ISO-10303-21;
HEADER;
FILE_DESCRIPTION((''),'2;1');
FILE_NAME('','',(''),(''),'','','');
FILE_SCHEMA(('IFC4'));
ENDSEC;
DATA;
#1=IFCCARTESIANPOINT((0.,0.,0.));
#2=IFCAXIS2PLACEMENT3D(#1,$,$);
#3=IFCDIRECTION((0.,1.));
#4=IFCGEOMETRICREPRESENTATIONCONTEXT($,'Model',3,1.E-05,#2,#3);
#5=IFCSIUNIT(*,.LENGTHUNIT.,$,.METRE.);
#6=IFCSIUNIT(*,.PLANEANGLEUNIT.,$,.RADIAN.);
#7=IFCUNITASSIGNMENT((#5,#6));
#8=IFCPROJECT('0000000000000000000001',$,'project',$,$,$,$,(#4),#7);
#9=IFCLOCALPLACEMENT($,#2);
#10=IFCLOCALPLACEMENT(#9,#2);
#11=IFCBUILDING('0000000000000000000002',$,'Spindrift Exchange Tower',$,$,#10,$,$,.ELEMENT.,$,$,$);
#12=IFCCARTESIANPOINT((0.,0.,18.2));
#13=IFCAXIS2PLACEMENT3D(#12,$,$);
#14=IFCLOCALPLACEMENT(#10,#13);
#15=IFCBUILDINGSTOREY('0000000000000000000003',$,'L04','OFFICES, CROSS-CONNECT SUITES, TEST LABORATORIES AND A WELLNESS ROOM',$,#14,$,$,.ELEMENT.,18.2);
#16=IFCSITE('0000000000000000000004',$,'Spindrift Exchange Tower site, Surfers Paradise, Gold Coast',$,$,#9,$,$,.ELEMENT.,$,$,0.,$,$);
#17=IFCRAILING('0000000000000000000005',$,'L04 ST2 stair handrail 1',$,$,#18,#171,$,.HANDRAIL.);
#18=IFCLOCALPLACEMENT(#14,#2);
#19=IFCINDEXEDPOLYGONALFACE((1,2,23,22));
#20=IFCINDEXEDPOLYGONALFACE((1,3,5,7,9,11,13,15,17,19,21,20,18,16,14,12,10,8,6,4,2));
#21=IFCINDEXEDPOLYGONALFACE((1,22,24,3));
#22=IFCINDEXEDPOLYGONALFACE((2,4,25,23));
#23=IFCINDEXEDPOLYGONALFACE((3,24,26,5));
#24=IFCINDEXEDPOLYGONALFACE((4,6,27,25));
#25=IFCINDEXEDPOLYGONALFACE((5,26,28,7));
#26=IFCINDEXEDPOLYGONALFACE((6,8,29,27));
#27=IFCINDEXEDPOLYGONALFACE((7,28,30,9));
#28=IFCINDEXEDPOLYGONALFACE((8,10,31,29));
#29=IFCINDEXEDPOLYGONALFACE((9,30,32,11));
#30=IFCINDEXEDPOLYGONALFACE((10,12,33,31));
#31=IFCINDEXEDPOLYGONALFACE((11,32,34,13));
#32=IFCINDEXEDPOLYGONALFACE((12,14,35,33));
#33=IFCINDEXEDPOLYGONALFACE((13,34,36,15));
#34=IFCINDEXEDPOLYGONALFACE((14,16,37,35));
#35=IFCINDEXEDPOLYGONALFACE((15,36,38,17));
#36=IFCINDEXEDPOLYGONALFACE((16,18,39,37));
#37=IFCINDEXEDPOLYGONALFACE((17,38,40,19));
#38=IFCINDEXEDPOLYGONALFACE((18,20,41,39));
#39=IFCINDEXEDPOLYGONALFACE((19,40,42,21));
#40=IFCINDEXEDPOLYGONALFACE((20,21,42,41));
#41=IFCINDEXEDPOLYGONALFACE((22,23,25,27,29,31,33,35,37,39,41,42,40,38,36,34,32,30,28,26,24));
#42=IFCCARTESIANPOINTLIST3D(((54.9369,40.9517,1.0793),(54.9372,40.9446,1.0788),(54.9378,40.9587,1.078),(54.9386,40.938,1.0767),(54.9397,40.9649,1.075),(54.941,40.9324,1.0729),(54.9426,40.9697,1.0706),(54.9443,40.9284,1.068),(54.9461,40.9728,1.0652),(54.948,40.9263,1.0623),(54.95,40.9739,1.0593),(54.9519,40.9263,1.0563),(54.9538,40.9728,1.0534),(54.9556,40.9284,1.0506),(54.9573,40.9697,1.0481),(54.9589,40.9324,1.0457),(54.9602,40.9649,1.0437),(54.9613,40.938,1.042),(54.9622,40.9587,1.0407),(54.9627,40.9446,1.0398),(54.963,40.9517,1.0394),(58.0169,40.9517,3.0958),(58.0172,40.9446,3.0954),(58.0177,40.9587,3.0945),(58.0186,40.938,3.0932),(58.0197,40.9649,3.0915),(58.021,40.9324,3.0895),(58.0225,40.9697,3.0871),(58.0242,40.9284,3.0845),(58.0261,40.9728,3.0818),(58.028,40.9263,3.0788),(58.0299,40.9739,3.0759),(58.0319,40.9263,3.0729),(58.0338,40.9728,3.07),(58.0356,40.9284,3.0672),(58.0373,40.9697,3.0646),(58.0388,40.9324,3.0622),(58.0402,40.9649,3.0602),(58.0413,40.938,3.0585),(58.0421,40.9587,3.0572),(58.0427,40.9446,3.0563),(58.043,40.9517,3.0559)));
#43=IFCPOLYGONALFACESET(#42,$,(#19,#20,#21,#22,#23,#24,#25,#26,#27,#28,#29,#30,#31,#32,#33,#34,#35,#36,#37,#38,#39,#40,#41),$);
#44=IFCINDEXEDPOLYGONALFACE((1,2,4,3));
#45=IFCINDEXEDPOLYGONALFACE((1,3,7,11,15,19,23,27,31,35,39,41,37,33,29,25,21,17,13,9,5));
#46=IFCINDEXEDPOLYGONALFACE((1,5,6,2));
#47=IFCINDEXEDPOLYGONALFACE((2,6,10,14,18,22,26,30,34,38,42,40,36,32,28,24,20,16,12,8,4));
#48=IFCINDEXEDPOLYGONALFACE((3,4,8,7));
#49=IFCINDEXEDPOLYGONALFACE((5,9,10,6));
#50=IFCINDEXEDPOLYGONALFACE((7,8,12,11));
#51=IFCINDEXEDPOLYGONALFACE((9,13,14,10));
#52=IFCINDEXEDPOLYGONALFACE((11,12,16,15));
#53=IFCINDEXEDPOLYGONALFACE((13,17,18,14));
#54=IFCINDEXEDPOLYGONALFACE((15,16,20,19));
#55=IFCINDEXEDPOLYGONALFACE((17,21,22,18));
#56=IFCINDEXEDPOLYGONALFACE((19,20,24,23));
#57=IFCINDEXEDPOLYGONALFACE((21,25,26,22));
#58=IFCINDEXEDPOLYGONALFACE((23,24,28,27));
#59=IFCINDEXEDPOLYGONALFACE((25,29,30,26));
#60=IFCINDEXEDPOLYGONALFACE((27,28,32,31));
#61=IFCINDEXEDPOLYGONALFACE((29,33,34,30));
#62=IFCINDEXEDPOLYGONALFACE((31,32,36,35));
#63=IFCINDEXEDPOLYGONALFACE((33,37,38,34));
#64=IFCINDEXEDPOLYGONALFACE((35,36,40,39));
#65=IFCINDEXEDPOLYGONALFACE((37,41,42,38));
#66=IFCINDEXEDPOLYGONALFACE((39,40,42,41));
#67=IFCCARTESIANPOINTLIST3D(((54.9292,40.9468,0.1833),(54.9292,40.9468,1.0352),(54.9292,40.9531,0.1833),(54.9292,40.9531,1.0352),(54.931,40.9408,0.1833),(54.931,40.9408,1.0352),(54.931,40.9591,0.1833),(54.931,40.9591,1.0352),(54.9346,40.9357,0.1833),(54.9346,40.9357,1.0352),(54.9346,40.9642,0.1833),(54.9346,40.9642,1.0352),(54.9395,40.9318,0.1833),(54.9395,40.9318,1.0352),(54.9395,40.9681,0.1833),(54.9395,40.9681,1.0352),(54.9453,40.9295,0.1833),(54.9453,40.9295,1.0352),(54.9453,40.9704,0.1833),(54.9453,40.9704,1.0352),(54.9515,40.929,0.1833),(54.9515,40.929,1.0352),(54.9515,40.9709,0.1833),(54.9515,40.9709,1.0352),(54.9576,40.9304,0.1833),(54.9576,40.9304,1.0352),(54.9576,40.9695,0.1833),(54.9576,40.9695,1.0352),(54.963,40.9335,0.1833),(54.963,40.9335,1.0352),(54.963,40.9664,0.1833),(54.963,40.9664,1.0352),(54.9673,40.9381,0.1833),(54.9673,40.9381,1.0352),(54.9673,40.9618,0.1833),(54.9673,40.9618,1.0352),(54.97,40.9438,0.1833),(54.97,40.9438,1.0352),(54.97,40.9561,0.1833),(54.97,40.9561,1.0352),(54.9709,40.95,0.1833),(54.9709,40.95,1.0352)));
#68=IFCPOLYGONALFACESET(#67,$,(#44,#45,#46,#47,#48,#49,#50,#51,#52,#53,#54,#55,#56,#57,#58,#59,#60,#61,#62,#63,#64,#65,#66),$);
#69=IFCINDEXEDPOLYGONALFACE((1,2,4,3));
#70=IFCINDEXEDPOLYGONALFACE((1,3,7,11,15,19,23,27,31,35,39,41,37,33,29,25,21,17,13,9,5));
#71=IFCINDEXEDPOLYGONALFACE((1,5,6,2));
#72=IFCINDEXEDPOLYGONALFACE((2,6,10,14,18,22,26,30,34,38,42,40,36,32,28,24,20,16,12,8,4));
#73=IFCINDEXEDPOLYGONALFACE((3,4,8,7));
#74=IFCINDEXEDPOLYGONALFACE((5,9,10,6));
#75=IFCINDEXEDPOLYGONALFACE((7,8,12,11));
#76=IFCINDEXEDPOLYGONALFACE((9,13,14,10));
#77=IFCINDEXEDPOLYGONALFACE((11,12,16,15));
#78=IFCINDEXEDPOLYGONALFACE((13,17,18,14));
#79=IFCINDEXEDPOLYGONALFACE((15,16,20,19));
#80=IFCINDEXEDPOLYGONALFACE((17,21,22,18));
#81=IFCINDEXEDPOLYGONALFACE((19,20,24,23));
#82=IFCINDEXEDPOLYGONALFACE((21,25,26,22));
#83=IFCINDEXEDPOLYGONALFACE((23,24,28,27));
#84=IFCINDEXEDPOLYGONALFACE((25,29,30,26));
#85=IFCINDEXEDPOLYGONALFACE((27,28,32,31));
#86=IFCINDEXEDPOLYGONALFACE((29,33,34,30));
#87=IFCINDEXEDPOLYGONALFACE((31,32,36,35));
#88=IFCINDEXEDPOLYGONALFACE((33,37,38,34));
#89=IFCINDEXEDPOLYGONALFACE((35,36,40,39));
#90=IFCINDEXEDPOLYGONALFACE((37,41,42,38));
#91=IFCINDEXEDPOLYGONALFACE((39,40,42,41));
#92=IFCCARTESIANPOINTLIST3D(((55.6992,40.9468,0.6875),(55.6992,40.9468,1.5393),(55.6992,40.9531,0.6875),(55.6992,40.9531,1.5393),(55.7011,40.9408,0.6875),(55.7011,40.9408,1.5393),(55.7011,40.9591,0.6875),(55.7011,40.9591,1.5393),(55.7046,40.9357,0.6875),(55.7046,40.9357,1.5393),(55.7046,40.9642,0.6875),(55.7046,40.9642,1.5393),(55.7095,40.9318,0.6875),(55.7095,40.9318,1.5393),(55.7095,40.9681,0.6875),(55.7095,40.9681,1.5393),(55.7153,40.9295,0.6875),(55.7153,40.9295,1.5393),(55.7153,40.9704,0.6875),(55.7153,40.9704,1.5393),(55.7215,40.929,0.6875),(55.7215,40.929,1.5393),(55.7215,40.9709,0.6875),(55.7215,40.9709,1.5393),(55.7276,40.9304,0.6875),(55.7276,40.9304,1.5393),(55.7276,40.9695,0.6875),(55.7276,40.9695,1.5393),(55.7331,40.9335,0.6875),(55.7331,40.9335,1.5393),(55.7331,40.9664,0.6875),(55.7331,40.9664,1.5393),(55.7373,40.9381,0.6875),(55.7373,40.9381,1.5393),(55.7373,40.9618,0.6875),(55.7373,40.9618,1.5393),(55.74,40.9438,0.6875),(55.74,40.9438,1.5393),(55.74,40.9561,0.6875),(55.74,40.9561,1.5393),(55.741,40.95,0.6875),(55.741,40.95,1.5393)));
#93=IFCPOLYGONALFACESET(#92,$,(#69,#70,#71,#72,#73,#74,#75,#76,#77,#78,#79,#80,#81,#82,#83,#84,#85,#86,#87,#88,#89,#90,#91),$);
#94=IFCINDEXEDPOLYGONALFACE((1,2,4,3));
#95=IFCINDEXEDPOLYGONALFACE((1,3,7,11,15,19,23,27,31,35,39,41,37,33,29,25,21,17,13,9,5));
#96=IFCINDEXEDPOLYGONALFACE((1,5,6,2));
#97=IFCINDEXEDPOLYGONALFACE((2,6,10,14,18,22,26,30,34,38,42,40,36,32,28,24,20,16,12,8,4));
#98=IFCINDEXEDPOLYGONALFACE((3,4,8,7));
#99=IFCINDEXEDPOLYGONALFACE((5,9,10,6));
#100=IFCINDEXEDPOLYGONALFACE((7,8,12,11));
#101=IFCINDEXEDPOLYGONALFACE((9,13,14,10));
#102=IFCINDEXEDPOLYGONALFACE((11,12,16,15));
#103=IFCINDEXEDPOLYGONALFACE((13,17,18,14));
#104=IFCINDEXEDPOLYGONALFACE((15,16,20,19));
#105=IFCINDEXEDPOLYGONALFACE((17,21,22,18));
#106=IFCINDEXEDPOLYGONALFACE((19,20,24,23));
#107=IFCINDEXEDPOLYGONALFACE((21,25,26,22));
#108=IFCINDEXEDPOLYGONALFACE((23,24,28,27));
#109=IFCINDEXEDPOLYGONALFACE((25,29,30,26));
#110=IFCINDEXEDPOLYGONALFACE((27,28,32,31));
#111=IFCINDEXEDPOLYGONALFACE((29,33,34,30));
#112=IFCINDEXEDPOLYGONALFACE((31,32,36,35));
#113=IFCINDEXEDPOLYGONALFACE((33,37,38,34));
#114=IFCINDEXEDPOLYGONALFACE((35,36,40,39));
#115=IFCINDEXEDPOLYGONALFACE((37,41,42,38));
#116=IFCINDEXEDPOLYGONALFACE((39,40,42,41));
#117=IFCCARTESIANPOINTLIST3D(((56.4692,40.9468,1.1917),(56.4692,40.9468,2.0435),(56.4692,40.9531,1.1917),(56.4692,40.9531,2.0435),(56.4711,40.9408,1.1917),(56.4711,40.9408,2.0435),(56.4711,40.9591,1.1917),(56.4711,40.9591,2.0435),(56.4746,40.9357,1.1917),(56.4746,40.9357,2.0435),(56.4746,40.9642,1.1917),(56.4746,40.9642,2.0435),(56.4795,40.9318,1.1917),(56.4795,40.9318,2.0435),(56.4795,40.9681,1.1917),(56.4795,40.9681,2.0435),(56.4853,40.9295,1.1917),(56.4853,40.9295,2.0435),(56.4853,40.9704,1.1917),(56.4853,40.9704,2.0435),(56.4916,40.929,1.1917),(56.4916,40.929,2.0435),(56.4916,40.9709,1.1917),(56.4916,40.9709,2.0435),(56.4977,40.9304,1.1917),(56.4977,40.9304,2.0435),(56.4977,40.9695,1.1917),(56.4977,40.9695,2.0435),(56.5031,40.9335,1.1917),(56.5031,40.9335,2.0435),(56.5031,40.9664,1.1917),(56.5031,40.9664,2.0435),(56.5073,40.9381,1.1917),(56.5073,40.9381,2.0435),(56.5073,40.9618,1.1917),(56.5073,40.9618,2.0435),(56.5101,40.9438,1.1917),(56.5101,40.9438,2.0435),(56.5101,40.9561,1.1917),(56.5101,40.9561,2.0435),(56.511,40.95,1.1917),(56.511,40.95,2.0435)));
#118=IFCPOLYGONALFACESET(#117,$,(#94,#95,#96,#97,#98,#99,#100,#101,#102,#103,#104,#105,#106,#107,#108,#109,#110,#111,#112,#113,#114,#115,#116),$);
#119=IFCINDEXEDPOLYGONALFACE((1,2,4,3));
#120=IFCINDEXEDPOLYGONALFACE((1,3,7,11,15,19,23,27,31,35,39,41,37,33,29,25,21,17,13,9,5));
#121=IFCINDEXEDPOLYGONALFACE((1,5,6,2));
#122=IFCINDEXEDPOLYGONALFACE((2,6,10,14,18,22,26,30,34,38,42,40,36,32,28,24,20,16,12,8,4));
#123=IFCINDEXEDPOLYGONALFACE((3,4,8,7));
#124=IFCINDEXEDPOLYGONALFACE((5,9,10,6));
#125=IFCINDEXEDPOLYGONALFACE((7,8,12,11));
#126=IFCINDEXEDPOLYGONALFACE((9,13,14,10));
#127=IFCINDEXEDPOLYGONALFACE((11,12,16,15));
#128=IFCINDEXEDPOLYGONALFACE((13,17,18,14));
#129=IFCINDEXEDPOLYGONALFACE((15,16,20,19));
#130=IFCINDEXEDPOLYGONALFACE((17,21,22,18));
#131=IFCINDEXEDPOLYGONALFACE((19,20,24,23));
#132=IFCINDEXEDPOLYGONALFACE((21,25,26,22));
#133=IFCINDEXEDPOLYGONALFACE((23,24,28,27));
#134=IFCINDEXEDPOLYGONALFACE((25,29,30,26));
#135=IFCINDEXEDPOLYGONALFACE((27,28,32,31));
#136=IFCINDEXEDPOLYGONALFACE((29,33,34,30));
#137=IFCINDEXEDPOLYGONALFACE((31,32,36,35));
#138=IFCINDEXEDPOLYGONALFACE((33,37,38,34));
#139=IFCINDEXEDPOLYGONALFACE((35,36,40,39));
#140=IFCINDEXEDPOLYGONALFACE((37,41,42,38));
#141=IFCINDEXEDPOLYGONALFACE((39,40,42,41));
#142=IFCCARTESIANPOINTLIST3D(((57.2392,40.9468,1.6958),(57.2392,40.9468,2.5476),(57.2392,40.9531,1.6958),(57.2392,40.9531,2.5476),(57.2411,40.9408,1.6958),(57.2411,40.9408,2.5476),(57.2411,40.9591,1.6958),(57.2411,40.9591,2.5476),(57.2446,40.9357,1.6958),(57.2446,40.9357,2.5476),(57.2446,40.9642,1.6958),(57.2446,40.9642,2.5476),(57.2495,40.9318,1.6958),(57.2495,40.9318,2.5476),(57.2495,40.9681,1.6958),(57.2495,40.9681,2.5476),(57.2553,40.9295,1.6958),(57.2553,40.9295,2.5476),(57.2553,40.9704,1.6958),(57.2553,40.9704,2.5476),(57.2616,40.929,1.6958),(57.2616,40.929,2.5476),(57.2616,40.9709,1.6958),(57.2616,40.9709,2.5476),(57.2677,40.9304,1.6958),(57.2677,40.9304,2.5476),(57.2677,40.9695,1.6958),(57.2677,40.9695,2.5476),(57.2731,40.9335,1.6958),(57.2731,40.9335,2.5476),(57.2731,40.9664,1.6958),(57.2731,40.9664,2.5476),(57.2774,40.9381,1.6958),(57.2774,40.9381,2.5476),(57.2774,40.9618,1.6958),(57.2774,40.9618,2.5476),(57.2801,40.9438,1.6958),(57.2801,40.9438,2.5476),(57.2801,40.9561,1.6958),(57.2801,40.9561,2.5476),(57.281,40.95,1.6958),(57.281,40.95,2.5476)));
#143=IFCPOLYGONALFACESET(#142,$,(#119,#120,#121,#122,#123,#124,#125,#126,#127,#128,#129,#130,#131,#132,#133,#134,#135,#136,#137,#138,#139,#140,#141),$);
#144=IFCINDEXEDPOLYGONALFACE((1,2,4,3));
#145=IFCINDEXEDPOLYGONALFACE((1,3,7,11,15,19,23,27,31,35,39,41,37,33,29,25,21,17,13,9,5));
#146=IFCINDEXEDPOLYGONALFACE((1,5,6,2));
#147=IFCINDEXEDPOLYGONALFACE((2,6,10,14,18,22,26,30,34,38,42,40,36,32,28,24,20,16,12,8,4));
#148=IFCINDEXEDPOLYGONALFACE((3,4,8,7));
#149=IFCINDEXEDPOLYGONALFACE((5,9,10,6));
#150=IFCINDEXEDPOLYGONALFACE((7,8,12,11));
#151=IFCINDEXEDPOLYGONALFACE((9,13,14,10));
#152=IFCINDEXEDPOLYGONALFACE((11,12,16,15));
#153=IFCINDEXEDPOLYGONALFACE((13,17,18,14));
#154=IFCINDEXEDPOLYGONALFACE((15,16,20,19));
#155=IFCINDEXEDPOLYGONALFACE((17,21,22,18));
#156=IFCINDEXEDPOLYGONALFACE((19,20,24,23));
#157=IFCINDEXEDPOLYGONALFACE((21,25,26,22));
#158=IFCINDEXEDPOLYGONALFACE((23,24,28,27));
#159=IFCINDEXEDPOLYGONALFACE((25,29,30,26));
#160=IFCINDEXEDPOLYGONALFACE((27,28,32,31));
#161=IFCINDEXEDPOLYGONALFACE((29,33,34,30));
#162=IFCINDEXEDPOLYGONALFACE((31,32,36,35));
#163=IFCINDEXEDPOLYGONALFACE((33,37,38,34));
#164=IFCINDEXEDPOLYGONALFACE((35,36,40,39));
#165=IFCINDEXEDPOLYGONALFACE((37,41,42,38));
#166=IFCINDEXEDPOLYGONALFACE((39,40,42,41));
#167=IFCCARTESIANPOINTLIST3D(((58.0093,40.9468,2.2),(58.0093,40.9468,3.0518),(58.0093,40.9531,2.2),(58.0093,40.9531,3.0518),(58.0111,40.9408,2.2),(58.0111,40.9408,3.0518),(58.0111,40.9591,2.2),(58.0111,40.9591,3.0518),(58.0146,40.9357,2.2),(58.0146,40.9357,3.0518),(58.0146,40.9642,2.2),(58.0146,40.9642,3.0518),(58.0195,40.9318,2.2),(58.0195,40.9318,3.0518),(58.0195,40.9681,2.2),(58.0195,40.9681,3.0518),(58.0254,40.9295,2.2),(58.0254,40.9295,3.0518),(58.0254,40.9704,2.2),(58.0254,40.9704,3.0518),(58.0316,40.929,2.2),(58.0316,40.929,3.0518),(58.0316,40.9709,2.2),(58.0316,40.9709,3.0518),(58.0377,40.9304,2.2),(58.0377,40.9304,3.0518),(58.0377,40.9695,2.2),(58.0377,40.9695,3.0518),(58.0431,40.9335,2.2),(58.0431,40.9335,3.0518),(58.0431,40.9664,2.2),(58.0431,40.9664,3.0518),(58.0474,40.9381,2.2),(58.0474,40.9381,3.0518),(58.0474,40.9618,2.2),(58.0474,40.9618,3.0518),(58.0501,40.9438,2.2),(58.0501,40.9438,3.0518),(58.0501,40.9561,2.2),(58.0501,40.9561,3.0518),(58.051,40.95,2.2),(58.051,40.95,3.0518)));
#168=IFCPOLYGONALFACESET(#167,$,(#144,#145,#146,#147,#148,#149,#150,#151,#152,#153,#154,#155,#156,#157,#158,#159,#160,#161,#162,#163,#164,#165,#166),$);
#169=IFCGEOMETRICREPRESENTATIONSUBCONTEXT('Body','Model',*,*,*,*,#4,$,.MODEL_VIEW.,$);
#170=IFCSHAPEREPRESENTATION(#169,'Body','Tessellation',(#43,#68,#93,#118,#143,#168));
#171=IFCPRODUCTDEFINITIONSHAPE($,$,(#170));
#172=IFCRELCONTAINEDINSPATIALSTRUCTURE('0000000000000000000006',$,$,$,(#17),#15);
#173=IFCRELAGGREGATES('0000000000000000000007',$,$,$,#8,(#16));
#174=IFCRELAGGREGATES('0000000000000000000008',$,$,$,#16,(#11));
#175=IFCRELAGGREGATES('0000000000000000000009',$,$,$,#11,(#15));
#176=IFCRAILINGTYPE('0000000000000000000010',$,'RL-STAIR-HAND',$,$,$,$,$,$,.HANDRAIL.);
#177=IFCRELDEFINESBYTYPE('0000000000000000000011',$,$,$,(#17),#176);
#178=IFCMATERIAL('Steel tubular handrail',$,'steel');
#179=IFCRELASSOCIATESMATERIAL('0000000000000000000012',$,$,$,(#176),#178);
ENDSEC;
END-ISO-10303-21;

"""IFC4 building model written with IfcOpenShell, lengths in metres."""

from ifc_helpers import new_model, si_unit, direction, frame, origin, origin_2d, place, context, subcontext, project, spatial, circle, extrude, material, type_object, element, save


model = new_model("IFC4")

# Units and contexts
model_context = context("Model", 3, precision=1e-05, world=origin(), true_north=direction((0.0, 1.0)))
body_context = subcontext(model_context, "Body", "Model", "MODEL_VIEW")
ifc_project = project(units=[si_unit("LENGTHUNIT", "METRE"), si_unit("PLANEANGLEUNIT", "RADIAN")], contexts=[model_context])

# Site, building, storey
site_placement = place(None, origin())
site = spatial("IfcSite", under=ifc_project, at=site_placement, Name="Spindrift Exchange Tower site, Surfers Paradise, Gold Coast", CompositionType="ELEMENT", RefElevation=0.0)
building_placement = place(site_placement, origin())
building = spatial("IfcBuilding", under=site, at=building_placement, Name="Spindrift Exchange Tower", CompositionType="ELEMENT")
storey_placement = place(building_placement, frame((0.0, 0.0, 18.2)))
storey = spatial("IfcBuildingStorey", under=building, at=storey_placement, Name="L04", Description="OFFICES, CROSS-CONNECT SUITES, TEST LABORATORIES AND A WELLNESS ROOM", CompositionType="ELEMENT", Elevation=18.2)

# Railing
ifc_material_1 = material(Name="Steel tubular handrail", Category="steel")
railing_type = type_object("IfcRailingType", Name="RL-STAIR-HAND", PredefinedType="HANDRAIL", material=ifc_material_1)
railing_placement = place(storey_placement, frame((54.95, 40.95, 0.1833)))
element("IfcRailing", 1, at=railing_placement, inside=storey, type_object=railing_type, Name="L04 ST2 stair handrail 1", PredefinedType="HANDRAIL", context=body_context, shape_type="SweptSolid", body=[
    extrude(circle(Radius=0.0239, at=origin_2d()), frame((0.0, 0.0, 0.876), z_axis=(0.836633, 0.0, 0.547764), x_axis=(0.0, 1.0, 0.0)), (0.0, 0.0, 1.0), 3.6814),
    extrude(circle(Radius=0.021, at=origin_2d()), origin(), (0.0, 0.0, 1.0), 0.8518),
    extrude(circle(Radius=0.021, at=origin_2d()), frame((0.77, 0.0, 0.5042)), (0.0, 0.0, 1.0), 0.8518),
    extrude(circle(Radius=0.021, at=origin_2d()), frame((1.54, 0.0, 1.0083)), (0.0, 0.0, 1.0), 0.8518),
    extrude(circle(Radius=0.021, at=origin_2d()), frame((2.3101, 0.0, 1.5125)), (0.0, 0.0, 1.0), 0.8518),
    extrude(circle(Radius=0.021, at=origin_2d()), frame((3.0801, 0.0, 2.0166)), (0.0, 0.0, 1.0), 0.8518),
])

save(model, "model.ifc")
